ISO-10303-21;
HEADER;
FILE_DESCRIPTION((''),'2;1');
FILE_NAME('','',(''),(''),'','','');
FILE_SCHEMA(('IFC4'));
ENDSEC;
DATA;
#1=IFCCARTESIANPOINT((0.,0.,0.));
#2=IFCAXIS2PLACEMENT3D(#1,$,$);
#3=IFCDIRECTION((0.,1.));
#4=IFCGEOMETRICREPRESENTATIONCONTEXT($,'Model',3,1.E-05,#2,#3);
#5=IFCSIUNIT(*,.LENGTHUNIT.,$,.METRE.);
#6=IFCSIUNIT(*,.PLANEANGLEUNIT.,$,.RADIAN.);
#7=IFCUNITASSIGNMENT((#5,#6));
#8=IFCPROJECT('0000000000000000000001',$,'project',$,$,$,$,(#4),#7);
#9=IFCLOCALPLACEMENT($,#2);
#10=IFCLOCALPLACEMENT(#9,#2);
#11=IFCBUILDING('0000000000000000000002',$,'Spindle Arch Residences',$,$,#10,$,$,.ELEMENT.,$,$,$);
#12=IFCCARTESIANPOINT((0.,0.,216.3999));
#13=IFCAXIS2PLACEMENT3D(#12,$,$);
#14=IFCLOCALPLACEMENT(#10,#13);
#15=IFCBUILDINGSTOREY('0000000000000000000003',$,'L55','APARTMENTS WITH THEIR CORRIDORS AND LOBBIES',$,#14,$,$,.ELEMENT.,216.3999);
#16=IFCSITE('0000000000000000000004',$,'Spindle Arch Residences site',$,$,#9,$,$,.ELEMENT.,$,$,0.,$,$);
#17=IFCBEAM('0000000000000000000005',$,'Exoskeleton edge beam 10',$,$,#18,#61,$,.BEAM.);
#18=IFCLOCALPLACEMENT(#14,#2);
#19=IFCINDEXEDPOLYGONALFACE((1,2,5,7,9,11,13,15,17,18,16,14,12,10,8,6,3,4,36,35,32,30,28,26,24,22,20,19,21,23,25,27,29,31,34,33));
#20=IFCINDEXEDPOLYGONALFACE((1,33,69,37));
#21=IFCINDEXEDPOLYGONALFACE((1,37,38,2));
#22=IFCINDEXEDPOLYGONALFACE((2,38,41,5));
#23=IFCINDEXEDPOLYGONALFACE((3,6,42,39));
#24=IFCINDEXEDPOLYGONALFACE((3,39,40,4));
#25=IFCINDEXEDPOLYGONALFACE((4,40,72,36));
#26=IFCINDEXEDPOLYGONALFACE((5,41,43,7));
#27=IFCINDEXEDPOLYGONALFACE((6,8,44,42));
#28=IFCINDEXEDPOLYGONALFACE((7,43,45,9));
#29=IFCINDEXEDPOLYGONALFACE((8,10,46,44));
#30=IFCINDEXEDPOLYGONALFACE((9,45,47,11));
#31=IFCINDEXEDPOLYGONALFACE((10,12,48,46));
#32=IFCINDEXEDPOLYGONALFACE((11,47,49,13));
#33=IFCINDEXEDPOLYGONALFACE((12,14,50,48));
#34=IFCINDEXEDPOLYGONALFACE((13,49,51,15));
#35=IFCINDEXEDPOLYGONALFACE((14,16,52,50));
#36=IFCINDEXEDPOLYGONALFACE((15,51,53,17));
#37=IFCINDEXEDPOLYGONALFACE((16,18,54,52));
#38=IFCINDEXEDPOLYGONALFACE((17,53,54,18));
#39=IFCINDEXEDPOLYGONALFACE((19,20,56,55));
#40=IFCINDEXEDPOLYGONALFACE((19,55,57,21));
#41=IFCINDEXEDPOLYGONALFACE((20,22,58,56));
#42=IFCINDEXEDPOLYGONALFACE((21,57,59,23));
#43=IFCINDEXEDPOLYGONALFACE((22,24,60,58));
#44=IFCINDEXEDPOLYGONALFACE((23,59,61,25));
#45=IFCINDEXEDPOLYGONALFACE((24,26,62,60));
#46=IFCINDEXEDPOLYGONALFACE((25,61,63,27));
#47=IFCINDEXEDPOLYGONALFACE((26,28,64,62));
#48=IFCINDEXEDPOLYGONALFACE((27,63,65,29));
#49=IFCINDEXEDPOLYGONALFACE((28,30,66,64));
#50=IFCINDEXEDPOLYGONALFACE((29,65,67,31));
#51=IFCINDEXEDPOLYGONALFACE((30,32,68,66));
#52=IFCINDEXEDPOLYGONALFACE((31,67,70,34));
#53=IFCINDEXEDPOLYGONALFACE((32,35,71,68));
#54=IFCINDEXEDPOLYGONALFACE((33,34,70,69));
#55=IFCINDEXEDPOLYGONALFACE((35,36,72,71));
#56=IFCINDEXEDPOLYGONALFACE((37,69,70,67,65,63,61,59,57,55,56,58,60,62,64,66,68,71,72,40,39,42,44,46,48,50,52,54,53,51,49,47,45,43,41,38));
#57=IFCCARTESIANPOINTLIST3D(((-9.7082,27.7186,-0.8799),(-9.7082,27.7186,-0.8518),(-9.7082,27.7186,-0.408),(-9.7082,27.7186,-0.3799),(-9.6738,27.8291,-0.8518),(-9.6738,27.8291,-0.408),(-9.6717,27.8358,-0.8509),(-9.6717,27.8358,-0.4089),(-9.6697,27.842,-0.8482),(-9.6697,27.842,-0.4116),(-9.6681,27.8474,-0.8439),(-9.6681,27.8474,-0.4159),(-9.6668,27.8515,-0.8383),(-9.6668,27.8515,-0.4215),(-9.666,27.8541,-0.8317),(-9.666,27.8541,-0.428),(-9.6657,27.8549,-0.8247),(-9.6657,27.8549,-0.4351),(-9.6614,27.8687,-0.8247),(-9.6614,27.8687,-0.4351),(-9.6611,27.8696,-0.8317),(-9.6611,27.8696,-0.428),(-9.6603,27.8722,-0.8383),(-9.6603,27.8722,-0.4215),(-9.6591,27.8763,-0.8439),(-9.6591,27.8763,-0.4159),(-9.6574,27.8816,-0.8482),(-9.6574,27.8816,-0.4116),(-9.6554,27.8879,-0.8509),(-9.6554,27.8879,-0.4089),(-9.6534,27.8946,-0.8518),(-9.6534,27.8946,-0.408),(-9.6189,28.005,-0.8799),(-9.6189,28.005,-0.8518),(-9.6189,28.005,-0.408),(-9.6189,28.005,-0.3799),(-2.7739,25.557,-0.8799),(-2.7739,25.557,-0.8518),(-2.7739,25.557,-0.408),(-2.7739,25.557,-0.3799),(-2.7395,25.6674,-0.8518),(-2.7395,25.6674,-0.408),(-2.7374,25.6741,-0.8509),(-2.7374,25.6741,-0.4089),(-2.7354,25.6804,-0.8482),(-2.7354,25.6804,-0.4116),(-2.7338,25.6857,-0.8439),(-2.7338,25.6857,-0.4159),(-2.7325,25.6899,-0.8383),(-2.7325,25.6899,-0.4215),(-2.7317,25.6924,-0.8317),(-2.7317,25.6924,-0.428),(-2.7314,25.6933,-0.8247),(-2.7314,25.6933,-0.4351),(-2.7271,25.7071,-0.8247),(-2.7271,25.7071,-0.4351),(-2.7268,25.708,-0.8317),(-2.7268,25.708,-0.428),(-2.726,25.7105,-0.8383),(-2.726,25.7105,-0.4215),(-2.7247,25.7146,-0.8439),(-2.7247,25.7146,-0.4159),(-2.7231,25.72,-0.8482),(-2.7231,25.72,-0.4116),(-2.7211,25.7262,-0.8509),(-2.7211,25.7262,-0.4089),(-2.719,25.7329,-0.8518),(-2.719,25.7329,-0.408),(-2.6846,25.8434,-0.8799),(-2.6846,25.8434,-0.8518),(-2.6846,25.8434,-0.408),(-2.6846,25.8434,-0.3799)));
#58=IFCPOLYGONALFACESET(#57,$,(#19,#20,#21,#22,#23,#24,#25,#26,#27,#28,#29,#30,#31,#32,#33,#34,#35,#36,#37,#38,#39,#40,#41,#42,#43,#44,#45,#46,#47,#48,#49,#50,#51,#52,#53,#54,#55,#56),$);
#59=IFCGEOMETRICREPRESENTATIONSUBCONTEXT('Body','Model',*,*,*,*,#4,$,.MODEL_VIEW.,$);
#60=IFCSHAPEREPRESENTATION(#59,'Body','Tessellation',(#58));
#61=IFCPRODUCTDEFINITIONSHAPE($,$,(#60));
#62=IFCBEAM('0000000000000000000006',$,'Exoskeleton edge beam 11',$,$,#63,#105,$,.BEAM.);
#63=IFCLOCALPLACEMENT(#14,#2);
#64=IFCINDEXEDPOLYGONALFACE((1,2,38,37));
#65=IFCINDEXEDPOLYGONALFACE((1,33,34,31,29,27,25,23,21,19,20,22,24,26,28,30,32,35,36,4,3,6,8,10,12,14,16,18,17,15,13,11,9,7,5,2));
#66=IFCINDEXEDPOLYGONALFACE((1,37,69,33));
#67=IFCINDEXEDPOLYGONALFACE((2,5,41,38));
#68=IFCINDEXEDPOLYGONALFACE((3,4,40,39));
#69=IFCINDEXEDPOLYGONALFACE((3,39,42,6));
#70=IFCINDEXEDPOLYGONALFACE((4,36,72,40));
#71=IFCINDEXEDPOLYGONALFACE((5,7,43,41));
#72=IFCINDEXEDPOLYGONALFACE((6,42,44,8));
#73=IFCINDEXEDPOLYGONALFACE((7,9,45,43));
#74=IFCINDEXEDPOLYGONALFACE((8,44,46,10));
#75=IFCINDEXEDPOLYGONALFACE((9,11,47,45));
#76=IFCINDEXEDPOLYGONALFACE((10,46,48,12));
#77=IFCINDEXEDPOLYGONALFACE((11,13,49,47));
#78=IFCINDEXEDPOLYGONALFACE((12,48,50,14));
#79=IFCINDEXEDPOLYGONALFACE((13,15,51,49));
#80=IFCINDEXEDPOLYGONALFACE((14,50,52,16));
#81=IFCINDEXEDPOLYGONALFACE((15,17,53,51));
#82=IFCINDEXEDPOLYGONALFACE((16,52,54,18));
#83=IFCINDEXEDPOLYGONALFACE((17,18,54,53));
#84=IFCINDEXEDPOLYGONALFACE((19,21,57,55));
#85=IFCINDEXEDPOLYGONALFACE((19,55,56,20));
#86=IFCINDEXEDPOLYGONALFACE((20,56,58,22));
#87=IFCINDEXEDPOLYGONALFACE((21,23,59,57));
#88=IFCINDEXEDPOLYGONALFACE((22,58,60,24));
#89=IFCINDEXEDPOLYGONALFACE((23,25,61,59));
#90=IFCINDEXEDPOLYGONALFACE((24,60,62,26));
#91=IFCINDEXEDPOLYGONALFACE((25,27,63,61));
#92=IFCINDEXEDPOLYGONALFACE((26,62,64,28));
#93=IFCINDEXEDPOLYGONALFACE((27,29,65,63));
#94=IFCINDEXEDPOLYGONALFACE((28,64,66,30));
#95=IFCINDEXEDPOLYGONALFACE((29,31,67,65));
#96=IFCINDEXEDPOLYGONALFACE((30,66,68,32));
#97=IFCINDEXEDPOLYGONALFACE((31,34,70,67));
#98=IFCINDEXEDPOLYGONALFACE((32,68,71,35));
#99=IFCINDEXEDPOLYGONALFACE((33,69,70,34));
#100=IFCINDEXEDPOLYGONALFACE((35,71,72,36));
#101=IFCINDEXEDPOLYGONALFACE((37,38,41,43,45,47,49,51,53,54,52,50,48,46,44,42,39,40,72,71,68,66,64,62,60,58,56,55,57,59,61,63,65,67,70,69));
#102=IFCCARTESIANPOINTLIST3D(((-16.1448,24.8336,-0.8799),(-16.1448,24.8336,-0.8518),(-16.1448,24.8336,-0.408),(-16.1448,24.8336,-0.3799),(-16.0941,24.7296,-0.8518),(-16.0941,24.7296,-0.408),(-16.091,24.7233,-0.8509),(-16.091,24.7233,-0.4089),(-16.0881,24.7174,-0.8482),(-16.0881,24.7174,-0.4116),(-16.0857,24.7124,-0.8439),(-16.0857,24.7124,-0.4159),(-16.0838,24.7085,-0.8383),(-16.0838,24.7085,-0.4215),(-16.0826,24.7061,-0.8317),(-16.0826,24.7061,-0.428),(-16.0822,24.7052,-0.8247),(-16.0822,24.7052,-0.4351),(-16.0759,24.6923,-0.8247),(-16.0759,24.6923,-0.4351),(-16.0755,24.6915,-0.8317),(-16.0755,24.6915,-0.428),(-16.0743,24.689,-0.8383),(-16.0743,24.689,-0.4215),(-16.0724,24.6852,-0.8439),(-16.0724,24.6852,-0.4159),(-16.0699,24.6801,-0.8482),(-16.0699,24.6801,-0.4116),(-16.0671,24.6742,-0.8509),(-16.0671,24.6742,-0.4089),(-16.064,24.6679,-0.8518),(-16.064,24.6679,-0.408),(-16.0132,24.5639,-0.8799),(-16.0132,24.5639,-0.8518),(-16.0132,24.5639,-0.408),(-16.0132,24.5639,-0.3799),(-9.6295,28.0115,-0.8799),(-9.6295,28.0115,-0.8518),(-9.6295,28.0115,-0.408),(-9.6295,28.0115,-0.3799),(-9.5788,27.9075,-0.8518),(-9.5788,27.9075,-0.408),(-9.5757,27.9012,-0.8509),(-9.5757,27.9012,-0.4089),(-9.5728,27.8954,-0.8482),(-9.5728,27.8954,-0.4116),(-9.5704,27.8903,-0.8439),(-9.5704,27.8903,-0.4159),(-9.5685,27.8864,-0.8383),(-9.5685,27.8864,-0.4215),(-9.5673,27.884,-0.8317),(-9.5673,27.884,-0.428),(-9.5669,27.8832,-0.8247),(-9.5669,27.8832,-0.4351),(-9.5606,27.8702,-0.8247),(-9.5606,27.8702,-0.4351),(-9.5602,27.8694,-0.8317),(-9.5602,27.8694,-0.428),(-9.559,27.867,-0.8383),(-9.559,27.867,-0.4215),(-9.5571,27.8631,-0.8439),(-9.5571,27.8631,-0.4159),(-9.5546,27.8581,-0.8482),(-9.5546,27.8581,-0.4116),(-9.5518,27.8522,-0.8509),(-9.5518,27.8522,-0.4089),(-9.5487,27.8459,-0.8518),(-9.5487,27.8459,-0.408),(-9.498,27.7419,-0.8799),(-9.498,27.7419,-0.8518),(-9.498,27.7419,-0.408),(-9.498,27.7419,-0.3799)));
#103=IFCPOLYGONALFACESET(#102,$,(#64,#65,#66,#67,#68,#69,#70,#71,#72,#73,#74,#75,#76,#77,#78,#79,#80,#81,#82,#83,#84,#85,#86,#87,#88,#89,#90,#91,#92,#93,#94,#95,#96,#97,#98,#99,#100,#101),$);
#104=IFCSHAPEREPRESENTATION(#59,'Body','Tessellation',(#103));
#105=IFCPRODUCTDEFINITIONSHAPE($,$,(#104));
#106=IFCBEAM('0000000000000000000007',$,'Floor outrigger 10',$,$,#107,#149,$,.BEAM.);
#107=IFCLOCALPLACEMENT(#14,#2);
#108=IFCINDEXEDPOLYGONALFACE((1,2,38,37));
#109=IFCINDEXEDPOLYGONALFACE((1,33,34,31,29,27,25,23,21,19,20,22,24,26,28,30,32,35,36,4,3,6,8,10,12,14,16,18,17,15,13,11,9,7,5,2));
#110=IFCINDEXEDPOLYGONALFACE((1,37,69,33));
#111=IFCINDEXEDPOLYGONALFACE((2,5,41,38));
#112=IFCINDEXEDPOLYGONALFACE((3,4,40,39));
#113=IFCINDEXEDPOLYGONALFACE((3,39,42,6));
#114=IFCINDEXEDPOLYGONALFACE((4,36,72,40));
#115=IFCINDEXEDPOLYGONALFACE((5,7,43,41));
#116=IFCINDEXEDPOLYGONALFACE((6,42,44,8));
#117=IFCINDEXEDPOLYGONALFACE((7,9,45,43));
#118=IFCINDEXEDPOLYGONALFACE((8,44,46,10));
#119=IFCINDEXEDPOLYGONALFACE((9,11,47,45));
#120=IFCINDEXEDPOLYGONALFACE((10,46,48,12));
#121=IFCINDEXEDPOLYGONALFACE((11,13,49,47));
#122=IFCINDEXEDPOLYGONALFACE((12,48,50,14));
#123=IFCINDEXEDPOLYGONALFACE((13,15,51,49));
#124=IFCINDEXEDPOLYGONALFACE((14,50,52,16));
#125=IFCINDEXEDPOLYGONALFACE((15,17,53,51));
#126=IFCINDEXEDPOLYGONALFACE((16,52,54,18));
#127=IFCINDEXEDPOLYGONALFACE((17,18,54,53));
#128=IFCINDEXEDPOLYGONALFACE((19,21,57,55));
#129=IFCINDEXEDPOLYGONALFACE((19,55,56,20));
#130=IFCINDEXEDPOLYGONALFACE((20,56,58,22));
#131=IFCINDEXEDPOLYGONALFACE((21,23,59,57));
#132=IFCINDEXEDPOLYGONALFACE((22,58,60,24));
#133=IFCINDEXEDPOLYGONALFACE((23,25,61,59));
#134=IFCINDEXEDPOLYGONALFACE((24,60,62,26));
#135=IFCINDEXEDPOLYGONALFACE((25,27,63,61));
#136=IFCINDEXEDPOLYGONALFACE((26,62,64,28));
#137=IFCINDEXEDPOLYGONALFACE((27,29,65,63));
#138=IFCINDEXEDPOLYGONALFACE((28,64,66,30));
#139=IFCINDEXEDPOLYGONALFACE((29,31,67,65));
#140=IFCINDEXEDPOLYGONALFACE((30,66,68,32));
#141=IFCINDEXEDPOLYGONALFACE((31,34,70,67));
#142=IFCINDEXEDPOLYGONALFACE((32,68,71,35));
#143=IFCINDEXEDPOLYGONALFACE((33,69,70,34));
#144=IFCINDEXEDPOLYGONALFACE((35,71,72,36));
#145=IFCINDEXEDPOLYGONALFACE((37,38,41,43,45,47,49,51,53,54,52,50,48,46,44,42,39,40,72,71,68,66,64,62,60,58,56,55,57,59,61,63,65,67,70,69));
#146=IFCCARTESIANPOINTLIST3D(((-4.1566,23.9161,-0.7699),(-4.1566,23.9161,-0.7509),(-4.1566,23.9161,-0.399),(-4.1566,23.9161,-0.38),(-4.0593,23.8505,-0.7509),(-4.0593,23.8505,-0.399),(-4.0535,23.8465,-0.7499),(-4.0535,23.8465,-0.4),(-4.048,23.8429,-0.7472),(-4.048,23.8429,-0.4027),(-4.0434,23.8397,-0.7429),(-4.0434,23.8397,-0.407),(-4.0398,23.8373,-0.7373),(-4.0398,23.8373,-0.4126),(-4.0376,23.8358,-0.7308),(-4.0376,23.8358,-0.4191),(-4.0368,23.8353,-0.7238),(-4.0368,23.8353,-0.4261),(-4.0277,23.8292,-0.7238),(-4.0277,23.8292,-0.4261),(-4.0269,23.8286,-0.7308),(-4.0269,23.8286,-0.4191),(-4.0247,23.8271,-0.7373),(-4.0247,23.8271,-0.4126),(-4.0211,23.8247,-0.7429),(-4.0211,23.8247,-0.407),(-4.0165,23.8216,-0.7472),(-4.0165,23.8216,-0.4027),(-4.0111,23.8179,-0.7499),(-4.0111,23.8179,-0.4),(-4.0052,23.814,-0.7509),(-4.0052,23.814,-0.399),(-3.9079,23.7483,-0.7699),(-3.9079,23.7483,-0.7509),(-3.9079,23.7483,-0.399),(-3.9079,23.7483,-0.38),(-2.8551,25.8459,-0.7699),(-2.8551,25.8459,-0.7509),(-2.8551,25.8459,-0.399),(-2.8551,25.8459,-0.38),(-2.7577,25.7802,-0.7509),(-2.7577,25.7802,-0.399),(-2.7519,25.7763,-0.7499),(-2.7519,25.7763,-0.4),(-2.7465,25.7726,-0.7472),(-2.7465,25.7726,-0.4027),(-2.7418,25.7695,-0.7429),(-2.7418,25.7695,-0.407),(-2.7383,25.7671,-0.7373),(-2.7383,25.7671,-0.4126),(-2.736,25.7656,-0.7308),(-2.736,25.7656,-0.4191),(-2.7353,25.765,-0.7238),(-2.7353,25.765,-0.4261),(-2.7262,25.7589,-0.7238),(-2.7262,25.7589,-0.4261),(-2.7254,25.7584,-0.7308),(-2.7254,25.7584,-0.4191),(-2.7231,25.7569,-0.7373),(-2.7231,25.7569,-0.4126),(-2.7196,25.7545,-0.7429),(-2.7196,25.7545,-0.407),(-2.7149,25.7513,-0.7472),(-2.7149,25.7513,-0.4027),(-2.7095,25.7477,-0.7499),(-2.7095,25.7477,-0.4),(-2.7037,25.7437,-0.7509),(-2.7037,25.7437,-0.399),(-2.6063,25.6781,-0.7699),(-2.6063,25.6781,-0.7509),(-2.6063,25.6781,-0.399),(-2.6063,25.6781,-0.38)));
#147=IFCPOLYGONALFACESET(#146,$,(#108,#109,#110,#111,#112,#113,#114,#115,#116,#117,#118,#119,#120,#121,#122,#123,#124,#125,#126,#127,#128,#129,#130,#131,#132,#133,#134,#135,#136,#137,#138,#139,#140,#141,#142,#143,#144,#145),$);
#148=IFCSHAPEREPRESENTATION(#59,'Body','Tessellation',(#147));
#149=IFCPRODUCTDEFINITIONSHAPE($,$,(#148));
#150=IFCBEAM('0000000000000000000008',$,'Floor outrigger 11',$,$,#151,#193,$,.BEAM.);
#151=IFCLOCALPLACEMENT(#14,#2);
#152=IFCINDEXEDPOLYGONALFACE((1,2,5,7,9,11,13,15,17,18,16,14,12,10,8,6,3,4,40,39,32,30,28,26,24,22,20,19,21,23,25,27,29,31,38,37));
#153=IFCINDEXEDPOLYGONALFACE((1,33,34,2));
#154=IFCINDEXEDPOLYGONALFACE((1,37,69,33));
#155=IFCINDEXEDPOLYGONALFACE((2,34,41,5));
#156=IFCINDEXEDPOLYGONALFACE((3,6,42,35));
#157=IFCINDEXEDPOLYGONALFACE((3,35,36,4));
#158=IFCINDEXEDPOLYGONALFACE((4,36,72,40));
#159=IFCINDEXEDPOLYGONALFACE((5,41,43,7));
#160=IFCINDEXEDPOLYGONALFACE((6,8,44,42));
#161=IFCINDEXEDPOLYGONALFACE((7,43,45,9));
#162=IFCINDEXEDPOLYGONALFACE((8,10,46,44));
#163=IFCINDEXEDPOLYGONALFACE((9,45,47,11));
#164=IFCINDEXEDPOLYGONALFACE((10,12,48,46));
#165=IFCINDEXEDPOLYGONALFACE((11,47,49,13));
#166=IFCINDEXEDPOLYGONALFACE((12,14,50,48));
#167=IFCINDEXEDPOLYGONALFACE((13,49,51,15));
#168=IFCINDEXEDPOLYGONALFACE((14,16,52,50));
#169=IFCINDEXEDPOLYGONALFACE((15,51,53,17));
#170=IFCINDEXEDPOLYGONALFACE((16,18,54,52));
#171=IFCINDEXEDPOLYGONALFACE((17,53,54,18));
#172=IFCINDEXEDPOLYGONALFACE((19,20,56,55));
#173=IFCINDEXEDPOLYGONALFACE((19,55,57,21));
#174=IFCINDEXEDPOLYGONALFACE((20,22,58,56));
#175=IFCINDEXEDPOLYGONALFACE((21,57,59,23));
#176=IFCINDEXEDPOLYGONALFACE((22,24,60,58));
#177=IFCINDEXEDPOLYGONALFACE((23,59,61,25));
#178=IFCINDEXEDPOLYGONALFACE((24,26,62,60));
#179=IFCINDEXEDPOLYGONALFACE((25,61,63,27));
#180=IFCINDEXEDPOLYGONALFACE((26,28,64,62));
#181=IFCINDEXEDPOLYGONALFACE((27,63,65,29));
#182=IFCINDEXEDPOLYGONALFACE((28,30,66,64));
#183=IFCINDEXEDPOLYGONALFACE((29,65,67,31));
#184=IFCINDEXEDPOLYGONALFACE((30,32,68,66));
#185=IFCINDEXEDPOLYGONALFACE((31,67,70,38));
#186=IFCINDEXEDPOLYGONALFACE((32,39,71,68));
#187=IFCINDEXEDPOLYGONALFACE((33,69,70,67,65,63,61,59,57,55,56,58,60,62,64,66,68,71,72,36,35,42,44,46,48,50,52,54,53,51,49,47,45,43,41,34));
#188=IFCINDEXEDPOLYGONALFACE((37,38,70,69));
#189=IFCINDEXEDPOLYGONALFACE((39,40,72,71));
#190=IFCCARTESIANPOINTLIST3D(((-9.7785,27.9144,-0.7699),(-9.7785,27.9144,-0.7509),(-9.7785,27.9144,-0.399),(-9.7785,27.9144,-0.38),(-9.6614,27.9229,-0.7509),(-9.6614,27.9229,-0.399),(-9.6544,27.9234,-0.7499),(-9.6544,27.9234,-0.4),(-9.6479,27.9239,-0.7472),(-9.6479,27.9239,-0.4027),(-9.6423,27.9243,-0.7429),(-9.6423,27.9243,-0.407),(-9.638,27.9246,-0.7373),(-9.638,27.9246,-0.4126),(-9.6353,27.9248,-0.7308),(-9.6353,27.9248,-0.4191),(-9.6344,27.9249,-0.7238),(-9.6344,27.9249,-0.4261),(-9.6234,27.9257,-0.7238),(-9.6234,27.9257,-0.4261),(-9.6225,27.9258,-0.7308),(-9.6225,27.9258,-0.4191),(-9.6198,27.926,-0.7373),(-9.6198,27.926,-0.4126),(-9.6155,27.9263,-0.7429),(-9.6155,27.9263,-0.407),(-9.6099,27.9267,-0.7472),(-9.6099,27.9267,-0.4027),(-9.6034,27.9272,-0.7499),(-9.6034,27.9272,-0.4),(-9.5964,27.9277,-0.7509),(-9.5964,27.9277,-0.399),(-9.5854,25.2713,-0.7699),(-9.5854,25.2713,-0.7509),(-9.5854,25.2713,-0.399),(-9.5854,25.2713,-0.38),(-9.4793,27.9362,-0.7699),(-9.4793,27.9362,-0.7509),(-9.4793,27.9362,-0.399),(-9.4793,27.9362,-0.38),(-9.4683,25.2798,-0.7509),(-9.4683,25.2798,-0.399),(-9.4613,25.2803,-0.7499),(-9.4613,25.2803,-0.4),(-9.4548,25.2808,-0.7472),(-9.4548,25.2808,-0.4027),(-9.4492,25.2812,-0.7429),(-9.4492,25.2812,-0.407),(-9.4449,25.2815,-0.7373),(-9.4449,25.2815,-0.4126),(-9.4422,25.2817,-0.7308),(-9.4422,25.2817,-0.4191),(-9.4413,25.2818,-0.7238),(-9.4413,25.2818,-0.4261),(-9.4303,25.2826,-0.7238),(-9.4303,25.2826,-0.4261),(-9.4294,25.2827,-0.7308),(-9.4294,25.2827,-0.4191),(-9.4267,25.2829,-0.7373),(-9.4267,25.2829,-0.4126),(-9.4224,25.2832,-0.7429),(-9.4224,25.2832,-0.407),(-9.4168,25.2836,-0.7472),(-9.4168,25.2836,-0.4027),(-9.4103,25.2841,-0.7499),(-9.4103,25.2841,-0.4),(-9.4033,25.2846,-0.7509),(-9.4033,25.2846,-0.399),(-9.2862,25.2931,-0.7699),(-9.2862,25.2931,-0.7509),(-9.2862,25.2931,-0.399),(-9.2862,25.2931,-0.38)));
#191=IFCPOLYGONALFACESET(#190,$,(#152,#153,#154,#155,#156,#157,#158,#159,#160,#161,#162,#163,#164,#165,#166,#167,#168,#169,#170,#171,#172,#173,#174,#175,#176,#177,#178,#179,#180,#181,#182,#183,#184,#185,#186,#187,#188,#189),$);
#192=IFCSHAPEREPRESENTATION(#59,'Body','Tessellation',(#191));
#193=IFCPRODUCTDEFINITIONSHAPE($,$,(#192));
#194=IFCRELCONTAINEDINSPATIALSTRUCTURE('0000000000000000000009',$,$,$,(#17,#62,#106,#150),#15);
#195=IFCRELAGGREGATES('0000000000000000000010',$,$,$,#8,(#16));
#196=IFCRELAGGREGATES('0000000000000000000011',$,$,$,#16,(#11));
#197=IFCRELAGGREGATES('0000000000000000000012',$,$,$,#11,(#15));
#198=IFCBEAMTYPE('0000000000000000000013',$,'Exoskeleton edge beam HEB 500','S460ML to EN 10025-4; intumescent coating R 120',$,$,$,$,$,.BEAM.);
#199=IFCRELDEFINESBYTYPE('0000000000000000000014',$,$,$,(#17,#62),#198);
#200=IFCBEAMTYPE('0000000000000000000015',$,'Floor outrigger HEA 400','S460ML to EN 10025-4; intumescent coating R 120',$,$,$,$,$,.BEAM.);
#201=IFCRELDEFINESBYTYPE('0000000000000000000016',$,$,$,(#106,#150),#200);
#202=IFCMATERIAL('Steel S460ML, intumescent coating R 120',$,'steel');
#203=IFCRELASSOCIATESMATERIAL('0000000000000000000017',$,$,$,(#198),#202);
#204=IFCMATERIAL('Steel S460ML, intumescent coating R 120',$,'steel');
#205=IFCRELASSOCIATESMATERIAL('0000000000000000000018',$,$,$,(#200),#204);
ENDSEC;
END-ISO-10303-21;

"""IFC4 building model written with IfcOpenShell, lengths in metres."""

from ifc_helpers import new_model, si_unit, direction, frame, origin, origin_2d, place, context, subcontext, project, spatial, i_section, extrude, material, material_profile, profile_set, type_object, element, save


model = new_model("IFC4")

# Units and contexts
model_context = context("Model", 3, precision=1e-05, world=origin(), true_north=direction((0.0, 1.0)))
body_context = subcontext(model_context, "Body", "Model", "MODEL_VIEW")
ifc_project = project(units=[si_unit("LENGTHUNIT", "METRE"), si_unit("PLANEANGLEUNIT", "RADIAN")], contexts=[model_context])

# Site, building, storey
site_placement = place(None, origin())
site = spatial("IfcSite", under=ifc_project, at=site_placement, Name="Spindle Arch Residences site", CompositionType="ELEMENT", RefElevation=0.0)
building_placement = place(site_placement, origin())
building = spatial("IfcBuilding", under=site, at=building_placement, Name="Spindle Arch Residences", CompositionType="ELEMENT")
storey_placement = place(building_placement, frame((0.0, 0.0, 216.3999)))
storey = spatial("IfcBuildingStorey", under=building, at=storey_placement, Name="L55", Description="APARTMENTS WITH THEIR CORRIDORS AND LOBBIES", CompositionType="ELEMENT", Elevation=216.3999)

# Beams
ifc_material_1 = material(Name="Steel S460ML, intumescent coating R 120", Category="steel")
ifc_material_profile_1 = material_profile(ifc_material_1, i_section(OverallWidth=0.3, OverallDepth=0.5, WebThickness=0.0144, FlangeThickness=0.0281, FilletRadius=0.0271, at=origin_2d()), Name="HEB 500")
ifc_profile_set_1 = profile_set([ifc_material_profile_1], Name="Steel S460ML, intumescent coating R 120")
beam_type_1 = type_object("IfcBeamType", Name="Exoskeleton edge beam HEB 500", Description="S460ML to EN 10025-4; intumescent coating R 120", PredefinedType="BEAM", material=ifc_profile_set_1)
beam_1_placement = place(storey_placement, frame((-2.7292, 25.7002, -0.6299), z_axis=(-0.95469, 0.297603, 0.0), x_axis=(-0.297603, -0.95469, 0.0)))
element("IfcBeam", 1, at=beam_1_placement, inside=storey, type_object=beam_type_1, Name="Exoskeleton edge beam 10", PredefinedType="BEAM", context=body_context, shape_type="SweptSolid", body=[
    extrude(i_section(OverallWidth=0.3, OverallDepth=0.5, WebThickness=0.0144, FlangeThickness=0.0281, FilletRadius=0.0271, at=origin_2d()), origin(), (0.0, 0.0, 1.0), 7.2634),
])
beam_2_placement = place(storey_placement, frame((-9.5637, 27.8767, -0.6299), z_axis=(-0.898782, -0.438395, 0.0), x_axis=(0.438395, -0.898782, 0.0)))
element("IfcBeam", 2, at=beam_2_placement, inside=storey, type_object=beam_type_1, Name="Exoskeleton edge beam 11", PredefinedType="BEAM", context=body_context, shape_type="SweptSolid", body=[
    extrude(i_section(OverallWidth=0.3, OverallDepth=0.5, WebThickness=0.0144, FlangeThickness=0.0281, FilletRadius=0.0271, at=origin_2d()), origin(), (0.0, 0.0, 1.0), 7.249),
])
ifc_material_2 = material(Name="Steel S460ML, intumescent coating R 120", Category="steel")
ifc_material_profile_2 = material_profile(ifc_material_2, i_section(OverallWidth=0.3, OverallDepth=0.3899, WebThickness=0.011, FlangeThickness=0.019, FilletRadius=0.0271, at=origin_2d()), Name="HEA 400")
ifc_profile_set_2 = profile_set([ifc_material_profile_2], Name="Steel S460ML, intumescent coating R 120")
beam_type_2 = type_object("IfcBeamType", Name="Floor outrigger HEA 400", Description="S460ML to EN 10025-4; intumescent coating R 120", PredefinedType="BEAM", material=ifc_profile_set_2)
beam_3_placement = place(storey_placement, frame((-2.7307, 25.762, -0.575), z_axis=(-0.55917, -0.829053, 0.0), x_axis=(0.829053, -0.55917, 0.0)))
element("IfcBeam", 3, at=beam_3_placement, inside=storey, type_object=beam_type_2, Name="Floor outrigger 10", PredefinedType="BEAM", context=body_context, shape_type="SweptSolid", body=[
    extrude(i_section(OverallWidth=0.3, OverallDepth=0.3899, WebThickness=0.011, FlangeThickness=0.019, FilletRadius=0.0271, at=origin_2d()), origin(), (0.0, 0.0, 1.0), 2.3276),
])
beam_4_placement = place(storey_placement, frame((-9.6289, 27.9253, -0.575), z_axis=(0.072871, -0.997341, 0.0), x_axis=(0.997341, 0.072871, 0.0)))
element("IfcBeam", 4, at=beam_4_placement, inside=storey, type_object=beam_type_2, Name="Floor outrigger 11", PredefinedType="BEAM", context=body_context, shape_type="SweptSolid", body=[
    extrude(i_section(OverallWidth=0.3, OverallDepth=0.3899, WebThickness=0.011, FlangeThickness=0.019, FilletRadius=0.0271, at=origin_2d()), origin(), (0.0, 0.0, 1.0), 2.6501),
])

save(model, "model.ifc")
